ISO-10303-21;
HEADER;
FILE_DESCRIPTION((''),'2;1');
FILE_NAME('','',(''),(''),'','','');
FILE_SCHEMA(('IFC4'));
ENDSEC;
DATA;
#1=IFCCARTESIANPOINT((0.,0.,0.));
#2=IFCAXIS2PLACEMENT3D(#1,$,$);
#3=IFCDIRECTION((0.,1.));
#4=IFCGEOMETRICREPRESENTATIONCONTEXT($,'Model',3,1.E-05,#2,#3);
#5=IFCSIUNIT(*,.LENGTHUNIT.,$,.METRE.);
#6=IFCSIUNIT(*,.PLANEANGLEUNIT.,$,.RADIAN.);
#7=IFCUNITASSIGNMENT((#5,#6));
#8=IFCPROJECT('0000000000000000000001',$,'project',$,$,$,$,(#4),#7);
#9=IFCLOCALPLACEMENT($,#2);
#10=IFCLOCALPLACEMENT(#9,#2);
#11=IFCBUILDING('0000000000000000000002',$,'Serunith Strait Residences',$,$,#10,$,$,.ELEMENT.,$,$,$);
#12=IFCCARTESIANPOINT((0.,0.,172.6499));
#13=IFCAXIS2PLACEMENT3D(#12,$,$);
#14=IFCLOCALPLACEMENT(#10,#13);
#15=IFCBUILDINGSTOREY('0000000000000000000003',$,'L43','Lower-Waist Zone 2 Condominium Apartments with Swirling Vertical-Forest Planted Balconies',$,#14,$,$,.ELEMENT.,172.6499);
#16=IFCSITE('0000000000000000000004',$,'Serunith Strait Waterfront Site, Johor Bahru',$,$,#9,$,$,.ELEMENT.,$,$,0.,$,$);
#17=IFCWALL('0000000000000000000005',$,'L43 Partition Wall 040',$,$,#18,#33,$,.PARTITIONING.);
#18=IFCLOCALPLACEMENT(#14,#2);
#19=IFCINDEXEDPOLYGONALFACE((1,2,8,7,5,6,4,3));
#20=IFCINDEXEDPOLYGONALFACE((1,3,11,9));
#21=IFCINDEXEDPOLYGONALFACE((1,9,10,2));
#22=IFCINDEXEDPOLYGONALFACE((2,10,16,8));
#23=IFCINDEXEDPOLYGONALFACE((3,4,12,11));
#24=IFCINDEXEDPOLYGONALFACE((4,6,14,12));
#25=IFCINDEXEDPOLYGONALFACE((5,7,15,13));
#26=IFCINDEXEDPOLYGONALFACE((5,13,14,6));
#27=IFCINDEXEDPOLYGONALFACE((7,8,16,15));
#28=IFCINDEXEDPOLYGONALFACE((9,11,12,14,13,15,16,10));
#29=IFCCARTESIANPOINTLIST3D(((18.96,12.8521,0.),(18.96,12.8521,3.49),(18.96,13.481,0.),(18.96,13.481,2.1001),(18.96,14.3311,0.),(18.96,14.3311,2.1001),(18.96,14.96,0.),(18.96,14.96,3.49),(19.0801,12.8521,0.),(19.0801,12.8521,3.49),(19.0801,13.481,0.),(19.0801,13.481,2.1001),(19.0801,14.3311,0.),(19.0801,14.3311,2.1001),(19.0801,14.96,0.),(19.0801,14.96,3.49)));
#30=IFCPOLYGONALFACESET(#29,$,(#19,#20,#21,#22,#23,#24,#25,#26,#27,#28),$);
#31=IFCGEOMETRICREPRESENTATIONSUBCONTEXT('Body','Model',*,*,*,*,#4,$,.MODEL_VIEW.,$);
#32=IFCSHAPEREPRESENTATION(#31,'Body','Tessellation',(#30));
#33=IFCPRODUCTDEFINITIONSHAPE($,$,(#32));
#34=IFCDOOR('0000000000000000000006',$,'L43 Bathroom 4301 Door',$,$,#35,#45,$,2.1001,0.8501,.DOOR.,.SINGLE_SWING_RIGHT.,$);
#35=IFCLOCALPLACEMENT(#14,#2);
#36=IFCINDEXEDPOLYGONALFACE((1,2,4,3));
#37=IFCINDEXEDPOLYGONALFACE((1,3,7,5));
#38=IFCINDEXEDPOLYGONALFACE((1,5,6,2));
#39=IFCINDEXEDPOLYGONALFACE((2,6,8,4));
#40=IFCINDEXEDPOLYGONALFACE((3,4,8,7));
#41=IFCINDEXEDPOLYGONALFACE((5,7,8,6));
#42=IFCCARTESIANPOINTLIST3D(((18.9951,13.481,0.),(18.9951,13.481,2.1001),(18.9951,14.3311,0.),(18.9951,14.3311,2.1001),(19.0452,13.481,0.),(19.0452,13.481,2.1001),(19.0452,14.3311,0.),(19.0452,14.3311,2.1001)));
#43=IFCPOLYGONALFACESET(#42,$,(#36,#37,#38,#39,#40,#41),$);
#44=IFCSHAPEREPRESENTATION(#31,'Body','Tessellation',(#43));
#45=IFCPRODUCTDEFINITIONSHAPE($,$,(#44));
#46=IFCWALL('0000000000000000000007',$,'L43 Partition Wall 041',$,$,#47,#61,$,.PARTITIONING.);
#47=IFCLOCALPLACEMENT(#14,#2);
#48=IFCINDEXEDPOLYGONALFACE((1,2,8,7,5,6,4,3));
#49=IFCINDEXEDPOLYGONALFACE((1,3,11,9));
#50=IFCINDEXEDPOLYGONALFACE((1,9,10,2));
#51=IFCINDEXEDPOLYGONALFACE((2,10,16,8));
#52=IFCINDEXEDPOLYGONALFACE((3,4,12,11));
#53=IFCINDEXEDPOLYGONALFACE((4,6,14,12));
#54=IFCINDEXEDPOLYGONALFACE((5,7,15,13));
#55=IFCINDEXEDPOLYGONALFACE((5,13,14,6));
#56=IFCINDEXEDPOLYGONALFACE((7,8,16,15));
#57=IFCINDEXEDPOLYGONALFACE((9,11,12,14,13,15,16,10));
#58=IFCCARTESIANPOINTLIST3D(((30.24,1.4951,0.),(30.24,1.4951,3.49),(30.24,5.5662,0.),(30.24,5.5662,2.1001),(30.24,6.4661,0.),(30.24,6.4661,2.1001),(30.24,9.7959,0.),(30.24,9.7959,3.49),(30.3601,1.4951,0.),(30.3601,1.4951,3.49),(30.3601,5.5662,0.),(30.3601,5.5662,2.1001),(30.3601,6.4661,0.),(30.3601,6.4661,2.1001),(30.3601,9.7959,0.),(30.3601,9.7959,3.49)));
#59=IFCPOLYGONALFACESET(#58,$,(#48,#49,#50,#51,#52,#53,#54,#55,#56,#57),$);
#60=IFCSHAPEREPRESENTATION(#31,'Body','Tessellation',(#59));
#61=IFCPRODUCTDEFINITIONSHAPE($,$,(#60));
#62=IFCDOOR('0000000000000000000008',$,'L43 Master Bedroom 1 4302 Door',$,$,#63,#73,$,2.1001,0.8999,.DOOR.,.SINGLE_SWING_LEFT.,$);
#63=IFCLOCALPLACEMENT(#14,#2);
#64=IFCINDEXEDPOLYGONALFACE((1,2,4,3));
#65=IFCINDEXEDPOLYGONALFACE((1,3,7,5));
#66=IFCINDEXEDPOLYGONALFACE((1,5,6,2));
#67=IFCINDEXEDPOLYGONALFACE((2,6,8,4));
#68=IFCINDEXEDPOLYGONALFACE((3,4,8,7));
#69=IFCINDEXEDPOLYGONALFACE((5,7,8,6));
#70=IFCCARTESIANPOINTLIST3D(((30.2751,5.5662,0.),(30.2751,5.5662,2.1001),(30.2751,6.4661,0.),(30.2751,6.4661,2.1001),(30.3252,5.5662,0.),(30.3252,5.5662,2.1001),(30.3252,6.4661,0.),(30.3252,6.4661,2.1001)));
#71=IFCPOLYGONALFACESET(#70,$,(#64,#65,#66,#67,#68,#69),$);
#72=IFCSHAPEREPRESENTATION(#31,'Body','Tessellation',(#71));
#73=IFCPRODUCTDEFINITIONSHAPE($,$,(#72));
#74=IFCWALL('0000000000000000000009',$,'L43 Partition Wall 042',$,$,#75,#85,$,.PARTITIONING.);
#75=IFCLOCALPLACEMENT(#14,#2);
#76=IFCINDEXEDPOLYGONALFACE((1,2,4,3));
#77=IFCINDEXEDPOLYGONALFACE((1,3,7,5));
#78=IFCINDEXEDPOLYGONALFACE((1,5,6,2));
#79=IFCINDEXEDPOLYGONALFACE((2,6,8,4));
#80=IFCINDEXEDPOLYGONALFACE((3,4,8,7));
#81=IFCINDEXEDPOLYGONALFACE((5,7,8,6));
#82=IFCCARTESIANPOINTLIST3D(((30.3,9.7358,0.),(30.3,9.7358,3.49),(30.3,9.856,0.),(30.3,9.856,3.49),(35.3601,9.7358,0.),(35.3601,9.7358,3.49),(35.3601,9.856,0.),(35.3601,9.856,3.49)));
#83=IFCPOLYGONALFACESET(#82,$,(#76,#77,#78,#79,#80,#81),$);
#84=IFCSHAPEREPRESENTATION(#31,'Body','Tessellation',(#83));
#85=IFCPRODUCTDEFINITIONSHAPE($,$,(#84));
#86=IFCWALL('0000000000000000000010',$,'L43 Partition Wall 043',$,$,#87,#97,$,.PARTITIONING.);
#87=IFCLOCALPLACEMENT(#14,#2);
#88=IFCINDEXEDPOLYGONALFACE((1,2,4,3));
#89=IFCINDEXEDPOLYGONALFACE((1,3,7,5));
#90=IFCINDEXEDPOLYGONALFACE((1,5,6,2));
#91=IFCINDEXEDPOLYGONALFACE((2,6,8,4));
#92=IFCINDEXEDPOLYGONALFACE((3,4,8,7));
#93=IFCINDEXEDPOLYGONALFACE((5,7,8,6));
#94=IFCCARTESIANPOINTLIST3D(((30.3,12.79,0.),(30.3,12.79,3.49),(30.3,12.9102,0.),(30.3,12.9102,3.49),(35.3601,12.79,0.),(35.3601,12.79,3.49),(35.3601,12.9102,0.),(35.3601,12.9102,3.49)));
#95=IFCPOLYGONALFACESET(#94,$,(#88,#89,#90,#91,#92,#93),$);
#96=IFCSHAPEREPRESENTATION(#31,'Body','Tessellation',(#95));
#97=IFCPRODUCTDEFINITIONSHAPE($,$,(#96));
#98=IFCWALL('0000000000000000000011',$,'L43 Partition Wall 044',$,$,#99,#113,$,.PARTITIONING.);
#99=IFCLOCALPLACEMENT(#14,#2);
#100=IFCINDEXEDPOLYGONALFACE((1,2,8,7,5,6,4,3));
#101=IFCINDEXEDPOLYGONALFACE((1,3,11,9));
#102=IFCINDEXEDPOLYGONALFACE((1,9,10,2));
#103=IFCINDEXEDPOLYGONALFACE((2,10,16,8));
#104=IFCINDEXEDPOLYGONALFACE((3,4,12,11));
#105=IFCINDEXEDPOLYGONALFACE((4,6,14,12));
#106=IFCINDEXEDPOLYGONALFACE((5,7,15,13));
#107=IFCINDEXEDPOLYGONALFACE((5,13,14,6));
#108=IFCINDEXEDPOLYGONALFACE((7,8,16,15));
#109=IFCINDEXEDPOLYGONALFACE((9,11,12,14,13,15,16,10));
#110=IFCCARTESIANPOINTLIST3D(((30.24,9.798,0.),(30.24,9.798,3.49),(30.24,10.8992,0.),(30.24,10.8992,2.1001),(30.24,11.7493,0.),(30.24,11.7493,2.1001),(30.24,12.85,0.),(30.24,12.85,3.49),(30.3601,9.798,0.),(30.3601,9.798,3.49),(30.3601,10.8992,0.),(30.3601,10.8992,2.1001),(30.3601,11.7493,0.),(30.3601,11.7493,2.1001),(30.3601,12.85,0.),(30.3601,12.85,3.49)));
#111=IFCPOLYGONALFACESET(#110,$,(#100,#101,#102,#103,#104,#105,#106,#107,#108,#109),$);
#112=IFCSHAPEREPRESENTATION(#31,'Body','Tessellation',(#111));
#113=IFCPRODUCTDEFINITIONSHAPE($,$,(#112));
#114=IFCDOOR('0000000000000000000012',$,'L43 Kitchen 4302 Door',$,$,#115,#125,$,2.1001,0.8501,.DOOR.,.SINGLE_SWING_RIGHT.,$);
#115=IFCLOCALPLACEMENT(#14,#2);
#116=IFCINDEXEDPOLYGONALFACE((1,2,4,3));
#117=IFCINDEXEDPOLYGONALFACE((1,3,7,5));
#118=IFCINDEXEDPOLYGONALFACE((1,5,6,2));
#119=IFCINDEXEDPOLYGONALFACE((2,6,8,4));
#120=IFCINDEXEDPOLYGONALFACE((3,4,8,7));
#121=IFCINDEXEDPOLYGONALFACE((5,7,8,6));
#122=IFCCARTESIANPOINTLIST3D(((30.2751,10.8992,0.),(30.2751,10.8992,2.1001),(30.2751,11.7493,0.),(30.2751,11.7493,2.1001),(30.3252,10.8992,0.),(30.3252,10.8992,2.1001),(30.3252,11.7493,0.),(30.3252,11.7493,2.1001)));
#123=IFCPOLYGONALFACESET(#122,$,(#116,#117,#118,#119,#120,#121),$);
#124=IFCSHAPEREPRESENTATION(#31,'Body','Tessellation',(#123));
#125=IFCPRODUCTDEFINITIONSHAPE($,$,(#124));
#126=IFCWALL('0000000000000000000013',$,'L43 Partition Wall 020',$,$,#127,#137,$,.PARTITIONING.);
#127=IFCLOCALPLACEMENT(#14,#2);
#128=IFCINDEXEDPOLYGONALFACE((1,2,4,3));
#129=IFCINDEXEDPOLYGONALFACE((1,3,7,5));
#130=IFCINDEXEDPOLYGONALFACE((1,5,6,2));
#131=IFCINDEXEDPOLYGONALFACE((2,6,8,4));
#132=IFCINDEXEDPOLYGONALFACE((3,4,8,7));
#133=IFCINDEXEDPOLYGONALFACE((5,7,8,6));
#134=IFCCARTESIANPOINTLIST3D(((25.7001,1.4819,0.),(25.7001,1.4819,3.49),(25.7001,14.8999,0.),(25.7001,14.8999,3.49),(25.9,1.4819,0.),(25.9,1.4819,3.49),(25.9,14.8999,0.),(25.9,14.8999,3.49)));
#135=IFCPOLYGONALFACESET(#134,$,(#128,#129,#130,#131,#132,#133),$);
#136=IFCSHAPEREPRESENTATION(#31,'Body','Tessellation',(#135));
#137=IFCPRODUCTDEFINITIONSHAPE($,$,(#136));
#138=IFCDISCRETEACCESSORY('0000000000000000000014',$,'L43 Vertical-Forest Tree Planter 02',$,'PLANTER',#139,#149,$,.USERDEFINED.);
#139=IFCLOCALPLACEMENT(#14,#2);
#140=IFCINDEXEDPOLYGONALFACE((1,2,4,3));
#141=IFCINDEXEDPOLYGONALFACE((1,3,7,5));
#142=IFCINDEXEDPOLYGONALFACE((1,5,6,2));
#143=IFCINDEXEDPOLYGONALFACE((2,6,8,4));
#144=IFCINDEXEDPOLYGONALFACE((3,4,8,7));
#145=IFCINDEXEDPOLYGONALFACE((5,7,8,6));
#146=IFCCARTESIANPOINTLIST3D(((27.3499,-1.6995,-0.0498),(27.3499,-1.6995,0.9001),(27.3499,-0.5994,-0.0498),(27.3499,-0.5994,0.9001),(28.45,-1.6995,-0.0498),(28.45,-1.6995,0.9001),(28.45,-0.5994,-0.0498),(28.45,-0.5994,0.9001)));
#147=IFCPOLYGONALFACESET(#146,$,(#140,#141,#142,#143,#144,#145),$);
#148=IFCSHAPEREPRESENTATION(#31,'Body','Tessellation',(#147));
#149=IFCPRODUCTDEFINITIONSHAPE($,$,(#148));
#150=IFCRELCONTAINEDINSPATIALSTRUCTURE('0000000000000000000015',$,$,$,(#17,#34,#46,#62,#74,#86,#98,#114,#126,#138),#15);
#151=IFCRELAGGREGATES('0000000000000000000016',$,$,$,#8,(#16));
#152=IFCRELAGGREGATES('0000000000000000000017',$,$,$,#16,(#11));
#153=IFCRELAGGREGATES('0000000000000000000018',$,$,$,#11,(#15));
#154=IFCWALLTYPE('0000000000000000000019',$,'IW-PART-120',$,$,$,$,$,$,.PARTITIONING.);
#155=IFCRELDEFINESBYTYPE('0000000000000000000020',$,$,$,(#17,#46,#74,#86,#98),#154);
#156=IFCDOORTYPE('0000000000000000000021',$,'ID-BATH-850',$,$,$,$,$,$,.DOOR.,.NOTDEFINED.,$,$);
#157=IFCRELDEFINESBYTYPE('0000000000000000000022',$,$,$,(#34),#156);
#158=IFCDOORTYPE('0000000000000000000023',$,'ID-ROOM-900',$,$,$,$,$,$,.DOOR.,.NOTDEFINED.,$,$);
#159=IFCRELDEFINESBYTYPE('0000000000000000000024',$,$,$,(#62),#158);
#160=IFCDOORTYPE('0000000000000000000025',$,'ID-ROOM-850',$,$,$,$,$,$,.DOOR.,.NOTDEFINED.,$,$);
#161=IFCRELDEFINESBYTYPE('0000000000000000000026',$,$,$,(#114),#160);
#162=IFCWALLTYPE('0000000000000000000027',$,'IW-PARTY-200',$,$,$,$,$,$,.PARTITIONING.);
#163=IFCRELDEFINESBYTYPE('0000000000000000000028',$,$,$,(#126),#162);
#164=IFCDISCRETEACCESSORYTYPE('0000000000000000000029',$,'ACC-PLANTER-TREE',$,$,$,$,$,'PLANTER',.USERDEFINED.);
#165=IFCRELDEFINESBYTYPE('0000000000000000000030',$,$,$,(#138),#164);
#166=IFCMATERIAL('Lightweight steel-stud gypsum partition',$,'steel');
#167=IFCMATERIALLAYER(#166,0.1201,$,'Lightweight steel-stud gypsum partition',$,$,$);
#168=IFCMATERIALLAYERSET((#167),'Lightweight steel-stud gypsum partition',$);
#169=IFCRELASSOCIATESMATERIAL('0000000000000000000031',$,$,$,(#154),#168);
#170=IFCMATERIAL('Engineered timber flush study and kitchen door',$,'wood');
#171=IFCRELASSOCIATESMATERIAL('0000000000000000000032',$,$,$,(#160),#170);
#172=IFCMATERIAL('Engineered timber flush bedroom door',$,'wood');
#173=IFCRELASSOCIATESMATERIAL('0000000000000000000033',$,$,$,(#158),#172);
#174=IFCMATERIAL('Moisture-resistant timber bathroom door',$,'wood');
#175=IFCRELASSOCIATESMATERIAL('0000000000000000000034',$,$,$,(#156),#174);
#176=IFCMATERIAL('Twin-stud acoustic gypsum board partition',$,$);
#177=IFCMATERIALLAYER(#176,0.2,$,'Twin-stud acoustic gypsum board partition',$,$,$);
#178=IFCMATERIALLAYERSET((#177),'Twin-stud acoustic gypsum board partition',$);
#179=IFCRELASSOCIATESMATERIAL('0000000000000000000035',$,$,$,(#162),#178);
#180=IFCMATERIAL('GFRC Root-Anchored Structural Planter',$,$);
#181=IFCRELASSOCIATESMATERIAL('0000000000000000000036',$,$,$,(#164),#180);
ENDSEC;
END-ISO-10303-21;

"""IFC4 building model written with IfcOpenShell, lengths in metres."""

from ifc_helpers import new_model, si_unit, direction, frame, frame_2d, origin, origin_2d, place, context, subcontext, project, spatial, rectangle, extrude, source, transform, mapped, material, layer, layer_set, type_object, element, fill, save


model = new_model("IFC4")

# Units and contexts
model_context = context("Model", 3, precision=1e-05, world=origin(), true_north=direction((0.0, 1.0)))
body_context = subcontext(model_context, "Body", "Model", "MODEL_VIEW")
ifc_project = project(units=[si_unit("LENGTHUNIT", "METRE"), si_unit("PLANEANGLEUNIT", "RADIAN")], contexts=[model_context])

# Site, building, storey
site_placement = place(None, origin())
site = spatial("IfcSite", under=ifc_project, at=site_placement, Name="Serunith Strait Waterfront Site, Johor Bahru", CompositionType="ELEMENT", RefElevation=0.0)
building_placement = place(site_placement, origin())
building = spatial("IfcBuilding", under=site, at=building_placement, Name="Serunith Strait Residences", CompositionType="ELEMENT")
storey_placement = place(building_placement, frame((0.0, 0.0, 172.6499)))
storey = spatial("IfcBuildingStorey", under=building, at=storey_placement, Name="L43", Description="Lower-Waist Zone 2 Condominium Apartments with Swirling Vertical-Forest Planted Balconies", CompositionType="ELEMENT", Elevation=172.6499)

# Shared definitions
ifc_material_1 = material(Name="Lightweight steel-stud gypsum partition", Category="steel")
ifc_layer_1 = layer(ifc_material_1, 0.1201, Name="Lightweight steel-stud gypsum partition")
ifc_layer_set_1 = layer_set([ifc_layer_1], Name="Lightweight steel-stud gypsum partition")
wall_type_1 = type_object("IfcWallType", Name="IW-PART-120", PredefinedType="PARTITIONING", material=ifc_layer_set_1)
ifc_material_2 = material(Name="Engineered timber flush study and kitchen door", Category="wood")
door_type_1 = type_object("IfcDoorType", Name="ID-ROOM-850", OperationType="NOTDEFINED", PredefinedType="DOOR", material=ifc_material_2)
shared_shape_1 = source(origin(), body_context, "Body", "SweptSolid", [
    extrude(rectangle(XDim=0.8501, YDim=2.1001, at=frame_2d((0.425, 1.05))), frame((0.0, 0.0249, 0.0), z_axis=(0.0, -1.0, 0.0), x_axis=(1.0, 0.0, 0.0)), (0.0, 0.0, 1.0), 0.05),
])

# Walls, openings, doors
ifc_material_3 = material(Name="Engineered timber flush bedroom door", Category="wood")
door_type_2 = type_object("IfcDoorType", Name="ID-ROOM-900", OperationType="NOTDEFINED", PredefinedType="DOOR", material=ifc_material_3)
shared_shape_2 = source(origin(), body_context, "Body", "SweptSolid", [
    extrude(rectangle(XDim=0.8999, YDim=2.1001, at=frame_2d((0.45, 1.05))), frame((0.0, 0.0249, 0.0), z_axis=(0.0, -1.0, 0.0), x_axis=(1.0, 0.0, 0.0)), (0.0, 0.0, 1.0), 0.05),
])
wall_1_placement = place(storey_placement, frame((19.02, 12.8521, 0.0), z_axis=(0.0, 0.0, 1.0), x_axis=(0.0, 1.0, 0.0)))
wall_1 = element("IfcWall", 1, at=wall_1_placement, inside=storey, type_object=wall_type_1, Name="L43 Partition Wall 040", PredefinedType="PARTITIONING", context=body_context, shape_type="SweptSolid", body=[
    extrude(rectangle(XDim=2.1079, YDim=0.1201, at=frame_2d((1.054, 0.0))), origin(), (0.0, 0.0, 1.0), 3.49),
])
opening_1_placement = place(wall_1_placement, frame((0.6289, 0.0, 0.0)))
opening_1 = element("IfcOpeningElement", 2, at=opening_1_placement, cuts=wall_1, PredefinedType="OPENING", context=body_context, shape_type="SweptSolid", body=[
    extrude(rectangle(XDim=0.8501, YDim=2.1001, at=frame_2d((0.425, 1.05))), frame((0.0, 0.0701, 0.0), z_axis=(0.0, -1.0, 0.0), x_axis=(1.0, 0.0, 0.0)), (0.0, 0.0, 1.0), 0.1401),
])
ifc_material_4 = material(Name="Moisture-resistant timber bathroom door", Category="wood")
door_type_3 = type_object("IfcDoorType", Name="ID-BATH-850", OperationType="NOTDEFINED", PredefinedType="DOOR", material=ifc_material_4)
door_1_placement = place(opening_1_placement, origin())
door_1 = element("IfcDoor", 3, at=door_1_placement, inside=storey, type_object=door_type_3, Name="L43 Bathroom 4301 Door", OperationType="SINGLE_SWING_RIGHT", OverallHeight=2.1001, OverallWidth=0.8501, PredefinedType="DOOR", context=body_context, shape_type="MappedRepresentation", body=[
    mapped(shared_shape_1, transform((0.0, 0.0, 0.0), scale=1.0)),
])
fill(opening_1, door_1)
wall_2_placement = place(storey_placement, frame((30.3, 1.4951, 0.0), z_axis=(0.0, 0.0, 1.0), x_axis=(0.0, 1.0, 0.0)))
wall_2 = element("IfcWall", 4, at=wall_2_placement, inside=storey, type_object=wall_type_1, Name="L43 Partition Wall 041", PredefinedType="PARTITIONING", context=body_context, shape_type="SweptSolid", body=[
    extrude(rectangle(XDim=8.3008, YDim=0.1201, at=frame_2d((4.1504, 0.0))), origin(), (0.0, 0.0, 1.0), 3.49),
])
opening_2_placement = place(wall_2_placement, frame((4.071, 0.0, 0.0)))
opening_2 = element("IfcOpeningElement", 5, at=opening_2_placement, cuts=wall_2, PredefinedType="OPENING", context=body_context, shape_type="SweptSolid", body=[
    extrude(rectangle(XDim=0.8999, YDim=2.1001, at=frame_2d((0.45, 1.05))), frame((0.0, 0.0701, 0.0), z_axis=(0.0, -1.0, 0.0), x_axis=(1.0, 0.0, 0.0)), (0.0, 0.0, 1.0), 0.1401),
])
door_2_placement = place(opening_2_placement, origin())
door_2 = element("IfcDoor", 6, at=door_2_placement, inside=storey, type_object=door_type_2, Name="L43 Master Bedroom 1 4302 Door", OperationType="SINGLE_SWING_LEFT", OverallHeight=2.1001, OverallWidth=0.8999, PredefinedType="DOOR", context=body_context, shape_type="MappedRepresentation", body=[
    mapped(shared_shape_2, transform((0.0, 0.0, 0.0), scale=1.0)),
])
fill(opening_2, door_2)

# Walls
for number, where, z_axis, x_axis, name in (
    (7, (30.3, 9.7959, 0.0), (0.0, 0.0, 1.0), (1.0, 0.0, 0.0), "L43 Partition Wall 042"),
    (8, (30.3, 12.8501, 0.0), (0.0, 0.0, 1.0), (1.0, 0.0, 0.0), "L43 Partition Wall 043"),
):
    element("IfcWall", number, at=place(storey_placement, frame(where, z_axis=z_axis, x_axis=x_axis)), inside=storey, type_object=wall_type_1, Name=name, PredefinedType="PARTITIONING", context=body_context, shape_type="SweptSolid", body=[
        extrude(rectangle(XDim=5.0601, YDim=0.1201, at=frame_2d((2.53, 0.0))), origin(), (0.0, 0.0, 1.0), 3.49),
    ])

# Wall, opening, door
wall_3_placement = place(storey_placement, frame((30.3, 9.7981, 0.0), z_axis=(0.0, 0.0, 1.0), x_axis=(0.0, 1.0, 0.0)))
wall_3 = element("IfcWall", 9, at=wall_3_placement, inside=storey, type_object=wall_type_1, Name="L43 Partition Wall 044", PredefinedType="PARTITIONING", context=body_context, shape_type="SweptSolid", body=[
    extrude(rectangle(XDim=3.052, YDim=0.1201, at=frame_2d((1.5259, 0.0))), origin(), (0.0, 0.0, 1.0), 3.49),
])
opening_3_placement = place(wall_3_placement, frame((1.1011, 0.0, 0.0)))
opening_3 = element("IfcOpeningElement", 10, at=opening_3_placement, cuts=wall_3, PredefinedType="OPENING", context=body_context, shape_type="SweptSolid", body=[
    extrude(rectangle(XDim=0.8501, YDim=2.1001, at=frame_2d((0.425, 1.05))), frame((0.0, 0.0701, 0.0), z_axis=(0.0, -1.0, 0.0), x_axis=(1.0, 0.0, 0.0)), (0.0, 0.0, 1.0), 0.1401),
])
door_3_placement = place(opening_3_placement, origin())
door_3 = element("IfcDoor", 11, at=door_3_placement, inside=storey, type_object=door_type_1, Name="L43 Kitchen 4302 Door", OperationType="SINGLE_SWING_RIGHT", OverallHeight=2.1001, OverallWidth=0.8501, PredefinedType="DOOR", context=body_context, shape_type="MappedRepresentation", body=[
    mapped(shared_shape_1, transform((0.0, 0.0, 0.0), scale=1.0)),
])
fill(opening_3, door_3)

# Wall
ifc_material_5 = material(Name="Twin-stud acoustic gypsum board partition")
ifc_layer_2 = layer(ifc_material_5, 0.2, Name="Twin-stud acoustic gypsum board partition")
ifc_layer_set_2 = layer_set([ifc_layer_2], Name="Twin-stud acoustic gypsum board partition")
wall_type_2 = type_object("IfcWallType", Name="IW-PARTY-200", PredefinedType="PARTITIONING", material=ifc_layer_set_2)
wall_4_placement = place(storey_placement, frame((25.8, 1.4819, 0.0), z_axis=(0.0, 0.0, 1.0), x_axis=(0.0, 1.0, 0.0)))
element("IfcWall", 12, at=wall_4_placement, inside=storey, type_object=wall_type_2, Name="L43 Partition Wall 020", PredefinedType="PARTITIONING", context=body_context, shape_type="SweptSolid", body=[
    extrude(rectangle(XDim=13.418, YDim=0.2, at=frame_2d((6.709, 0.0))), origin(), (0.0, 0.0, 1.0), 3.49),
])

# Discrete accessory
ifc_material_6 = material(Name="GFRC Root-Anchored Structural Planter")
discrete_accessory_type = type_object("IfcDiscreteAccessoryType", Name="ACC-PLANTER-TREE", ElementType="PLANTER", PredefinedType="USERDEFINED", material=ifc_material_6)
shared_shape_3 = source(origin(), body_context, "Body", "SweptSolid", [
    extrude(rectangle(XDim=1.1001, YDim=1.1001, at=origin_2d()), origin(), (0.0, 0.0, 1.0), 0.95),
])
discrete_accessory_placement = place(storey_placement, frame((27.8999, -1.1494, -0.0498), z_axis=(0.0, 0.0, 1.0), x_axis=(1.0, 0.0, 0.0)))
element("IfcDiscreteAccessory", 13, at=discrete_accessory_placement, inside=storey, type_object=discrete_accessory_type, Name="L43 Vertical-Forest Tree Planter 02", ObjectType="PLANTER", PredefinedType="USERDEFINED", context=body_context, shape_type="MappedRepresentation", body=[
    mapped(shared_shape_3, transform((0.0, 0.0, 0.0), scale=1.0)),
])

save(model, "model.ifc")
